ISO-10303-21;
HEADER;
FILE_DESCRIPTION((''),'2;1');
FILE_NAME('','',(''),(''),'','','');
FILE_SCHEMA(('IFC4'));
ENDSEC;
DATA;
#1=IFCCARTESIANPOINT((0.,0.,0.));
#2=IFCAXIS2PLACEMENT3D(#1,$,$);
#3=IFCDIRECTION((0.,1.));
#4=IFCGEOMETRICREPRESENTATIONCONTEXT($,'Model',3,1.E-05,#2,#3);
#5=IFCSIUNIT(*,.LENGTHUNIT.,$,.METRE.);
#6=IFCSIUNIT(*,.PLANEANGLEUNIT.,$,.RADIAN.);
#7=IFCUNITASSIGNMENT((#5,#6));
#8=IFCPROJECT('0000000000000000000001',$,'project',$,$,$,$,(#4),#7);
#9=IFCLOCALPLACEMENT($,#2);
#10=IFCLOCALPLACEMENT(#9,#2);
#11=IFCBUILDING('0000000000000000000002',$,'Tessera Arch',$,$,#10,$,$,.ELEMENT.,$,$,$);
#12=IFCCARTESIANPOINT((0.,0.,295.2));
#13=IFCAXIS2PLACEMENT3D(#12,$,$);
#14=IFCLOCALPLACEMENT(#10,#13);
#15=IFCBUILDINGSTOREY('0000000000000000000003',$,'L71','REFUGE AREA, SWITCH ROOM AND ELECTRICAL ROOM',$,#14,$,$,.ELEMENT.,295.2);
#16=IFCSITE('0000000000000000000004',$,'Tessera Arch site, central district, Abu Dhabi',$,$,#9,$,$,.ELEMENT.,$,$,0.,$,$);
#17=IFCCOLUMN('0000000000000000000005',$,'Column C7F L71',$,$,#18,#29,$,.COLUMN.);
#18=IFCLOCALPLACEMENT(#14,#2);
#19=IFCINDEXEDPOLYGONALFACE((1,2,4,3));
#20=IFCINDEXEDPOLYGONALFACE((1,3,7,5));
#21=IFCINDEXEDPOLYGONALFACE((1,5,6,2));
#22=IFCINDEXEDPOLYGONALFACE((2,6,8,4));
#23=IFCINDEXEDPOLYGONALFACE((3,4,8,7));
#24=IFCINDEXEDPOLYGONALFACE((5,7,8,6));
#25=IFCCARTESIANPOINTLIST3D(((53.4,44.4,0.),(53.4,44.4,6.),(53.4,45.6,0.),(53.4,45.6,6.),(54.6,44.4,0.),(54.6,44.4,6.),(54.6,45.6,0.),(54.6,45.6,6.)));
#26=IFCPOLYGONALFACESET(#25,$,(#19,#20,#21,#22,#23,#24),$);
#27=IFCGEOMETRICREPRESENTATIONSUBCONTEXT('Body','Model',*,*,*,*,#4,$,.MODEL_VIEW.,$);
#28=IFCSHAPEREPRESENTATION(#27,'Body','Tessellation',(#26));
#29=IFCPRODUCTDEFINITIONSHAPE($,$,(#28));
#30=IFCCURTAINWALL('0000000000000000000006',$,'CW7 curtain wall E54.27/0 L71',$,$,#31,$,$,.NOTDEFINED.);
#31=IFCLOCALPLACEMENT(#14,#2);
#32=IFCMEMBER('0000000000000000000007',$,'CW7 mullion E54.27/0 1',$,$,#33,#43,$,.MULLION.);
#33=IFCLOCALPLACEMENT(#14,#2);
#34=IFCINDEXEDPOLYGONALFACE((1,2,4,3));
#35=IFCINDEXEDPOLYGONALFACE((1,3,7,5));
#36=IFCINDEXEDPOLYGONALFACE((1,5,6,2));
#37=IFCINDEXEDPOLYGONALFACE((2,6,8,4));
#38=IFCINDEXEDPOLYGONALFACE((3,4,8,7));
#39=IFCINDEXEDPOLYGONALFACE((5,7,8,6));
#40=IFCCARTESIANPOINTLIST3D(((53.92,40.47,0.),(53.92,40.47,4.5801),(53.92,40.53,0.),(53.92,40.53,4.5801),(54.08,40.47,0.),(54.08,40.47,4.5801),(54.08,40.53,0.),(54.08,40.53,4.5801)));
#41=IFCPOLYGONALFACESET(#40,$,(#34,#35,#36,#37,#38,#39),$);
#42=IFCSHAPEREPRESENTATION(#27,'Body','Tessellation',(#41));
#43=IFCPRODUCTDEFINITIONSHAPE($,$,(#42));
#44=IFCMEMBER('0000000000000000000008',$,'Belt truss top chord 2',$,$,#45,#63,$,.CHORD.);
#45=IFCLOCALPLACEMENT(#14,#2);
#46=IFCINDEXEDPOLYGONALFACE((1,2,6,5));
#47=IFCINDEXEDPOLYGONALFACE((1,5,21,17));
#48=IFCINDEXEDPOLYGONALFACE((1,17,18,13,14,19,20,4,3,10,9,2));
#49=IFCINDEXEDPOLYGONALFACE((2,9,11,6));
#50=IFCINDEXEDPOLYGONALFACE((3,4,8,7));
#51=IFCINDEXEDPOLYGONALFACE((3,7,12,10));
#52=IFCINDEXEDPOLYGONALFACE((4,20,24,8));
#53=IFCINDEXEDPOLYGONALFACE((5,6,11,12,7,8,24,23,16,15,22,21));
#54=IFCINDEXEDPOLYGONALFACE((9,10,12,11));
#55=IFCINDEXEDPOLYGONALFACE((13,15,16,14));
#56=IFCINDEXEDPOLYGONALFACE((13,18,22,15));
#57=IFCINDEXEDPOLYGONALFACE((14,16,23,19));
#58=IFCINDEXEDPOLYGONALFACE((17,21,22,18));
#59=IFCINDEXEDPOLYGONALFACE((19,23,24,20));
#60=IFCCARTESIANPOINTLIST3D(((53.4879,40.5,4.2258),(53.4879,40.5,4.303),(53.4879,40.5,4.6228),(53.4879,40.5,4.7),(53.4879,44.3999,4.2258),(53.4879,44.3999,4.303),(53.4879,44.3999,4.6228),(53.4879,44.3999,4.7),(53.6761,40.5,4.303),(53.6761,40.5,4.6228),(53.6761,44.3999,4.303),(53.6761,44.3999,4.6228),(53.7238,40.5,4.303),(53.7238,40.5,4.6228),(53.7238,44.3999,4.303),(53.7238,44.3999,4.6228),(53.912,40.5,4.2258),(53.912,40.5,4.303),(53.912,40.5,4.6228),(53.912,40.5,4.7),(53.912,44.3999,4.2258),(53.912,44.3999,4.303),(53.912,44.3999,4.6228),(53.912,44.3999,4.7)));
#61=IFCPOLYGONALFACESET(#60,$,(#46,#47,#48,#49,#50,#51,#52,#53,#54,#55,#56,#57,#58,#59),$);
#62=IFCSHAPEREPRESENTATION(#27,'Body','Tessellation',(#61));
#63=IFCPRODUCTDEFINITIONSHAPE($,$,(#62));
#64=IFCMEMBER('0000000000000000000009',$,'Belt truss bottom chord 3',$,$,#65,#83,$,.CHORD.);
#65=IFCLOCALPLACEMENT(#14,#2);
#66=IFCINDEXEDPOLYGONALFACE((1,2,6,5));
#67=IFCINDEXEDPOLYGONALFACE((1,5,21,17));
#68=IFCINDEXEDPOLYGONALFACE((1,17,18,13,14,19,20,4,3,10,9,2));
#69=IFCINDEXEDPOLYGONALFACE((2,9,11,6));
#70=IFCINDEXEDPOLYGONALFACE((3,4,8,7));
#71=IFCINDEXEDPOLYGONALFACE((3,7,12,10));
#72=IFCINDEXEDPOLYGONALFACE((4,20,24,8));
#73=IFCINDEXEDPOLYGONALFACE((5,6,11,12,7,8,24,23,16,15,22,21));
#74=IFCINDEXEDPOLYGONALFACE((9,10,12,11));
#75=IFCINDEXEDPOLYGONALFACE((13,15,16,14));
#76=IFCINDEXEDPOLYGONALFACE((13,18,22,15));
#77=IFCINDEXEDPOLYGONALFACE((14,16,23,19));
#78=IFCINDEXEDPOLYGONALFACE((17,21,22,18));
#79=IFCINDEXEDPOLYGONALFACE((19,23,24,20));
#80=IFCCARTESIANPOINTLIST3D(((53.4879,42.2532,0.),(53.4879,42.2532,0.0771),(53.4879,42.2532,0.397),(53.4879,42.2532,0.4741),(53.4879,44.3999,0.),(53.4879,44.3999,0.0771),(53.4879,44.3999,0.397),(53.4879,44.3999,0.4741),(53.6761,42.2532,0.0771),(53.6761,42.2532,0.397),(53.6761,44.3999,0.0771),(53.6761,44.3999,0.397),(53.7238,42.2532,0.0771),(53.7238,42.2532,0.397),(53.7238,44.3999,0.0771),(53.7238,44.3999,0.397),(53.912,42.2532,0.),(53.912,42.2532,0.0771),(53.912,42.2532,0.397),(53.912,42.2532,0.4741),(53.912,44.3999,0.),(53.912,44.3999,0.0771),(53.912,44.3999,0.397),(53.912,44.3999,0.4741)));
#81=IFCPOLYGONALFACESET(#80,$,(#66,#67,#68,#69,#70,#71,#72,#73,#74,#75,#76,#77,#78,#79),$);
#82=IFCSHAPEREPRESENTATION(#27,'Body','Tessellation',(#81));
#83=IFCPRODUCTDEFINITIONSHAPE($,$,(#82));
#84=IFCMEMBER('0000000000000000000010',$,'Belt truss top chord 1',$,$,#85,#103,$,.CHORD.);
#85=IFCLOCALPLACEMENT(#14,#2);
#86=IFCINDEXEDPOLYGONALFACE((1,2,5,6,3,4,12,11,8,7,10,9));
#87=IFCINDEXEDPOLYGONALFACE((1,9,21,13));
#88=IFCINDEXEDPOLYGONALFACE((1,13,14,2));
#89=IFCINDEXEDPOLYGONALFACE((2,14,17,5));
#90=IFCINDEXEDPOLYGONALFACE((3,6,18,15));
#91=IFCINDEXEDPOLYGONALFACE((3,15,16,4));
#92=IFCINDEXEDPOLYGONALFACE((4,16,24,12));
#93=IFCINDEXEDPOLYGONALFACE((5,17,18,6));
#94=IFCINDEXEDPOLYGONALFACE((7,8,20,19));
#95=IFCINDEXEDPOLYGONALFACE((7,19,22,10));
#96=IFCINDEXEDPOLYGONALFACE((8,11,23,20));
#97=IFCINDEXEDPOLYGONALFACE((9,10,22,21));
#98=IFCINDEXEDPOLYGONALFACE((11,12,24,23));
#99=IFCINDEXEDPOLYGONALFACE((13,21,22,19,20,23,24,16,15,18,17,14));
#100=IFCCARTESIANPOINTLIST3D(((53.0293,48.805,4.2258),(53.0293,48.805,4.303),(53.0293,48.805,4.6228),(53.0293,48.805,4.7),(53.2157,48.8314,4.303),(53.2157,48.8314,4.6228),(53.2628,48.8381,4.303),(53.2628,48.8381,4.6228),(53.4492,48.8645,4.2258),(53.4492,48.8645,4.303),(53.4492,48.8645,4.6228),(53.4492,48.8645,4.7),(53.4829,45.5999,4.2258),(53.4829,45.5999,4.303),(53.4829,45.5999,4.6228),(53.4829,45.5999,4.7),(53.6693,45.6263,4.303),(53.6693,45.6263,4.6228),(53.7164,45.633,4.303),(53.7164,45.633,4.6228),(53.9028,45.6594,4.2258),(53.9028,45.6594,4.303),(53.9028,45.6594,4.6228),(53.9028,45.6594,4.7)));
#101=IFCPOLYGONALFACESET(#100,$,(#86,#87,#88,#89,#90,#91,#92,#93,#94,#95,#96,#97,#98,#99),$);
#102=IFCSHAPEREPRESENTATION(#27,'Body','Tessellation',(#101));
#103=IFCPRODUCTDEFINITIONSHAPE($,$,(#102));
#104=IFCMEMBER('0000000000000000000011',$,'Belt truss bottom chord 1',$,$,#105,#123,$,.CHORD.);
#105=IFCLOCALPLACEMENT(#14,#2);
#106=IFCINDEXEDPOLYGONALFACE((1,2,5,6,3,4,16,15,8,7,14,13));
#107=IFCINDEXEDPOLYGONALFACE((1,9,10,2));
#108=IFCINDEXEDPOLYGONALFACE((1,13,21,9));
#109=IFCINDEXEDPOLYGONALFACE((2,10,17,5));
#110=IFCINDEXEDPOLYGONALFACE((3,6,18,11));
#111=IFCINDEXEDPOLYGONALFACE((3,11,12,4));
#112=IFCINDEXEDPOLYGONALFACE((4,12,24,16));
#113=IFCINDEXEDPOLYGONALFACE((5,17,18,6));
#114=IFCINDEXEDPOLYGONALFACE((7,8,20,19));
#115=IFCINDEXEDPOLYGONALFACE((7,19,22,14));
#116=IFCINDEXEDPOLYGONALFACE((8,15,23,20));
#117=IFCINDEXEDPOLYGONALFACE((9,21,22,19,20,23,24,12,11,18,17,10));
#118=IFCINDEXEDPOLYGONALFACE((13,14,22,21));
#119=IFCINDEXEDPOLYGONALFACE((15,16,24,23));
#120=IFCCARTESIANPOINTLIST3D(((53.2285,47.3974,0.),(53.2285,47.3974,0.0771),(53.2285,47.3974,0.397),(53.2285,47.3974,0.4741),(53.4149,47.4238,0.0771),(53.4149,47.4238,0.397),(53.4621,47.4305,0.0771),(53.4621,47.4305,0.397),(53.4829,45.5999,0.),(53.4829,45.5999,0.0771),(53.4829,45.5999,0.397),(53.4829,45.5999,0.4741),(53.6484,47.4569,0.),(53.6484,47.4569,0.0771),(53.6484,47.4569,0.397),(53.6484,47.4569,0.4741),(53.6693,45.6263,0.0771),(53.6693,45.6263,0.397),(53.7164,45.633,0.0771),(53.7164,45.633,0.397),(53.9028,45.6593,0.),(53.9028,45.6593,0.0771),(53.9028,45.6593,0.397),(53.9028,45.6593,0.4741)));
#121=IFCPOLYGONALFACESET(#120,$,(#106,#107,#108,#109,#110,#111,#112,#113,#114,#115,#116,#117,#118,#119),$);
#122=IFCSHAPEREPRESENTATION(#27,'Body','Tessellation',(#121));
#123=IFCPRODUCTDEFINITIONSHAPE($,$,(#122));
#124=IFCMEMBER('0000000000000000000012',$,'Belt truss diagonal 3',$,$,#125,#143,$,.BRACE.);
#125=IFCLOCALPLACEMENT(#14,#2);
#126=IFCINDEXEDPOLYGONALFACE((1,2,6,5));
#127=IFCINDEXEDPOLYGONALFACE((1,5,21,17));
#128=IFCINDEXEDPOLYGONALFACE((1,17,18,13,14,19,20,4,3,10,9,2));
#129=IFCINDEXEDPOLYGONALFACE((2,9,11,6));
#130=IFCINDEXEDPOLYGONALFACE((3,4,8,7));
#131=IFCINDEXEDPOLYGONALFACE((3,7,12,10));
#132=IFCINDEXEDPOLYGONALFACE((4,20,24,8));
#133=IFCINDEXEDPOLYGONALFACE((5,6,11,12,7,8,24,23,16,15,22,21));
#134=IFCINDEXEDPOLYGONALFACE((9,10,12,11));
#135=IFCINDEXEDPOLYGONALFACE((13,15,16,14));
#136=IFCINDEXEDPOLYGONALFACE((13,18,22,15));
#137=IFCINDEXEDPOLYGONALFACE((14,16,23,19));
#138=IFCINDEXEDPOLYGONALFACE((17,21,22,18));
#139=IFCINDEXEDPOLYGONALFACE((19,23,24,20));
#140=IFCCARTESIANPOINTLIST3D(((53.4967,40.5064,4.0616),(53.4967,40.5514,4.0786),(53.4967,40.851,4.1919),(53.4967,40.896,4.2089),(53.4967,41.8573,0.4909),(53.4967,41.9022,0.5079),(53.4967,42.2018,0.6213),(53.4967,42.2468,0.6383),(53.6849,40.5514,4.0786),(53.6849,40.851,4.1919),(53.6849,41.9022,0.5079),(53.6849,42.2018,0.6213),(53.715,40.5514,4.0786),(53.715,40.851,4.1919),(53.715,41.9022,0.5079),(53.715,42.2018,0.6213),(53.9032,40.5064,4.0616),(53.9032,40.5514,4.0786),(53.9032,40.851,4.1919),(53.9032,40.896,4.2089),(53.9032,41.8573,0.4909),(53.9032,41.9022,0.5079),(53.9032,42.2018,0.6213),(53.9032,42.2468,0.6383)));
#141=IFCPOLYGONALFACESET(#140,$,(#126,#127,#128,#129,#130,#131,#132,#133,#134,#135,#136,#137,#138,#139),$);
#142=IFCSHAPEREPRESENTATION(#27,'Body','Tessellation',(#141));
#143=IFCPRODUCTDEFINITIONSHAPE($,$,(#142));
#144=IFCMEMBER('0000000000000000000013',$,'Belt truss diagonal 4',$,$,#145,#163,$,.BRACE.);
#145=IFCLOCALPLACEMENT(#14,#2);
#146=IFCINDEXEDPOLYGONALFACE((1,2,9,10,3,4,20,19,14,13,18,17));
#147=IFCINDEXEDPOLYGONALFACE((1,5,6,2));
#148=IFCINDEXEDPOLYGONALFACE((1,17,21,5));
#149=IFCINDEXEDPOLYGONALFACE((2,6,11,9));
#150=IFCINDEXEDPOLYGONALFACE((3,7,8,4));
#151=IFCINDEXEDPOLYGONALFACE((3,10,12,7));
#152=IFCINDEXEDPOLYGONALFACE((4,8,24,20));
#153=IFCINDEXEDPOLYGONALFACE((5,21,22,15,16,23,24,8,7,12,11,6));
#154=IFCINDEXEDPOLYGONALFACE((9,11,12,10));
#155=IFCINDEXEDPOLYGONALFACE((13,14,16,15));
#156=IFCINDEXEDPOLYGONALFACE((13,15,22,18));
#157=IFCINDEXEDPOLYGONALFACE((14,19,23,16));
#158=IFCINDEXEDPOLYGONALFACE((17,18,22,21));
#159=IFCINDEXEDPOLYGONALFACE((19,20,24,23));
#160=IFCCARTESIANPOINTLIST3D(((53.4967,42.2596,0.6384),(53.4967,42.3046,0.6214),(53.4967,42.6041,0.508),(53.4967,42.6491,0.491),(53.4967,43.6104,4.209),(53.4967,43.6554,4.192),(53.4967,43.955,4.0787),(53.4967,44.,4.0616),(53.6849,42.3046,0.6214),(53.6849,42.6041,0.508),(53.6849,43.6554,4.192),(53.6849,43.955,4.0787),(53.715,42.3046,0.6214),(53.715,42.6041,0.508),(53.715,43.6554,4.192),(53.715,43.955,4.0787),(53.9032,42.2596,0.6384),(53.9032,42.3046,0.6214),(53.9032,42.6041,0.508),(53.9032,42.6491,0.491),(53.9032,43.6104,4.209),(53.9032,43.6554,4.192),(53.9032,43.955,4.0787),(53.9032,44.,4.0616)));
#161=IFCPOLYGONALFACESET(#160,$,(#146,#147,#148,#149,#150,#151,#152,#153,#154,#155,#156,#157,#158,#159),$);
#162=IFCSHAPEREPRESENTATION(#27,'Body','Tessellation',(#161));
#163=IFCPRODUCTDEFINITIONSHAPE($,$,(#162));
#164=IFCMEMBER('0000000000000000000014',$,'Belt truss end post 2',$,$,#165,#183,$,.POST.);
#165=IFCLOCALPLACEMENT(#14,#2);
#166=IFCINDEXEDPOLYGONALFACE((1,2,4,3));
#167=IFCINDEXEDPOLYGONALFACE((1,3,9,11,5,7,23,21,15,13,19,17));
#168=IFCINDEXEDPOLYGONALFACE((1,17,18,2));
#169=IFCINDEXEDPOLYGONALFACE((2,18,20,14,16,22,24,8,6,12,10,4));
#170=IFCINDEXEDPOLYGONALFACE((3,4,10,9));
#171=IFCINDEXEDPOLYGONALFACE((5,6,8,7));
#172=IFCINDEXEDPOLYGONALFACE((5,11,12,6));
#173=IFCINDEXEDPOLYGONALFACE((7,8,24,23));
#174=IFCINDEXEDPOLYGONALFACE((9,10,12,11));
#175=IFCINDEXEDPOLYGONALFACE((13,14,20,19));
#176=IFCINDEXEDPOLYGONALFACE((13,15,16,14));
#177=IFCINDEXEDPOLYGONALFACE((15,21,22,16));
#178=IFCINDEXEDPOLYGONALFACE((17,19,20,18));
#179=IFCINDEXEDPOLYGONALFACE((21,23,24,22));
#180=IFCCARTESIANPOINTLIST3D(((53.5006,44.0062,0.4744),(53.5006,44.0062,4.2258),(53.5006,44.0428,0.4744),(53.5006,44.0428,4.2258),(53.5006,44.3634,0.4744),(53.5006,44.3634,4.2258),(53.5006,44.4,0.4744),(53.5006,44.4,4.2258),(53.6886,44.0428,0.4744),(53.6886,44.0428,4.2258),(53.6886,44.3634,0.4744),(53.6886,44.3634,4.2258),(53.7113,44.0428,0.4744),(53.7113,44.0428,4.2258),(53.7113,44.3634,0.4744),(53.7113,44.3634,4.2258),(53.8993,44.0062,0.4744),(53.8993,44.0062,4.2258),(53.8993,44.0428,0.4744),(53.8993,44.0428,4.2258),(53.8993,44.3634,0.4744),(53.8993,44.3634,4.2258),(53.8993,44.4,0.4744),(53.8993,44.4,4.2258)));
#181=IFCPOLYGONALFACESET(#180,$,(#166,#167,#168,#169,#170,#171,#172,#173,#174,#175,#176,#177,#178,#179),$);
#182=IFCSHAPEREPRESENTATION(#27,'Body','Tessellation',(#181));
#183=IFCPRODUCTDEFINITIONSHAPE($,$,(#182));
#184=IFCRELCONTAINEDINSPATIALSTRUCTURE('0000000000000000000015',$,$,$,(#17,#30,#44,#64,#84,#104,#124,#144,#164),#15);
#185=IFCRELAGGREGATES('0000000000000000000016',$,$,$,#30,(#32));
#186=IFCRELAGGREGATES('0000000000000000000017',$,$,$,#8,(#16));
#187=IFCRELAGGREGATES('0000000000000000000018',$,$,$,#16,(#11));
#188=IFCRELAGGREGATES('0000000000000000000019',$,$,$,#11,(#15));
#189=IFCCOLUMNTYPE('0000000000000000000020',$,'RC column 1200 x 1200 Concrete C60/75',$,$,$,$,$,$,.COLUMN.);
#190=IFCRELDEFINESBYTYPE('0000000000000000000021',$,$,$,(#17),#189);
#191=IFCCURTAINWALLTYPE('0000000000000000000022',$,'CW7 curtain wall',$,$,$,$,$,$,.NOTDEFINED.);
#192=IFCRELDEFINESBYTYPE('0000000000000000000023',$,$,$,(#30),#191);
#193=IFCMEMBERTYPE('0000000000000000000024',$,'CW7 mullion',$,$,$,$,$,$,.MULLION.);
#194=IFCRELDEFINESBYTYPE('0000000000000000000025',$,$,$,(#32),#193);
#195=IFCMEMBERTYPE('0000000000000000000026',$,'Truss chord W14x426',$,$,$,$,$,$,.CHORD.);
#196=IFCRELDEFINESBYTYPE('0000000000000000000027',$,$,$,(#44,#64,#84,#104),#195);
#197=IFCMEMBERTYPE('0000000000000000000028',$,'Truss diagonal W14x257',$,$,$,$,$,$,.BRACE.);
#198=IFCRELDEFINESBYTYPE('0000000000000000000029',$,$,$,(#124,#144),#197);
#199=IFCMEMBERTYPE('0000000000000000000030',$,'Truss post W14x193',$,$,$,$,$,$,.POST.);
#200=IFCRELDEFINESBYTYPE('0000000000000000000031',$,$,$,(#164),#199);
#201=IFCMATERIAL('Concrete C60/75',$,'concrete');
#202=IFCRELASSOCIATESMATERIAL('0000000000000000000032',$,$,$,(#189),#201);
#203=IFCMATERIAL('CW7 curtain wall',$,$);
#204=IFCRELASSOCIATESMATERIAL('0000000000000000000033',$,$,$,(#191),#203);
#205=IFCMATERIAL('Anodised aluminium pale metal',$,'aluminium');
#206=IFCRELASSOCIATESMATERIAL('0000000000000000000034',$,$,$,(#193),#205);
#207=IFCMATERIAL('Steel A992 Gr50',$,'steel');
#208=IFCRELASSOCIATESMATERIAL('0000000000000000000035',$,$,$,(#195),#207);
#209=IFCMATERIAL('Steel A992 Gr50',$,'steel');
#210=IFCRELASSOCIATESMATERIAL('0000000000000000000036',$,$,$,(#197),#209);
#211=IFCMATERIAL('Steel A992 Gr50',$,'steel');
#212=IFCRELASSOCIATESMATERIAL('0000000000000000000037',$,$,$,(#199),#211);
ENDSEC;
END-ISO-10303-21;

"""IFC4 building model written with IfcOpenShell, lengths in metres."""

from ifc_helpers import new_model, si_unit, direction, frame, origin, origin_2d, place, context, subcontext, project, spatial, rectangle, i_section, extrude, material, material_profile, profile_set, type_object, element, aggregate, save


model = new_model("IFC4")

# Units and contexts
model_context = context("Model", 3, precision=1e-05, world=origin(), true_north=direction((0.0, 1.0)))
body_context = subcontext(model_context, "Body", "Model", "MODEL_VIEW")
ifc_project = project(units=[si_unit("LENGTHUNIT", "METRE"), si_unit("PLANEANGLEUNIT", "RADIAN")], contexts=[model_context])

# Site, building, storey
site_placement = place(None, origin())
site = spatial("IfcSite", under=ifc_project, at=site_placement, Name="Tessera Arch site, central district, Abu Dhabi", CompositionType="ELEMENT", RefElevation=0.0)
building_placement = place(site_placement, origin())
building = spatial("IfcBuilding", under=site, at=building_placement, Name="Tessera Arch", CompositionType="ELEMENT")
storey_placement = place(building_placement, frame((0.0, 0.0, 295.2)))
storey = spatial("IfcBuildingStorey", under=building, at=storey_placement, Name="L71", Description="REFUGE AREA, SWITCH ROOM AND ELECTRICAL ROOM", CompositionType="ELEMENT", Elevation=295.2)

# Column
ifc_material_1 = material(Name="Concrete C60/75", Category="concrete")
ifc_material_profile_1 = material_profile(ifc_material_1, rectangle(XDim=1.2, YDim=1.2, at=origin_2d()), Name="RC column 1200 x 1200 Concrete C60/75")
ifc_profile_set_1 = profile_set([ifc_material_profile_1], Name="Concrete C60/75")
column_type = type_object("IfcColumnType", Name="RC column 1200 x 1200 Concrete C60/75", PredefinedType="COLUMN", material=ifc_profile_set_1)
column_placement = place(storey_placement, frame((54.0, 45.0, 0.0), z_axis=(0.0, 0.0, 1.0), x_axis=(1.0, 0.0, 0.0)))
element("IfcColumn", 1, at=column_placement, inside=storey, type_object=column_type, Name="Column C7F L71", PredefinedType="COLUMN", context=body_context, shape_type="SweptSolid", body=[
    extrude(rectangle(XDim=1.2, YDim=1.2, at=origin_2d()), origin(), (0.0, 0.0, 1.0), 6.0),
])

# Curtain wall, member
ifc_material_2 = material(Name="CW7 curtain wall")
curtain_wall_type = type_object("IfcCurtainWallType", Name="CW7 curtain wall", PredefinedType="NOTDEFINED", material=ifc_material_2)
curtain_wall_1_placement = place(storey_placement, origin())
curtain_wall_1 = element("IfcCurtainWall", 2, at=curtain_wall_1_placement, inside=storey, type_object=curtain_wall_type, Name="CW7 curtain wall E54.27/0 L71", PredefinedType="NOTDEFINED")
ifc_material_3 = material(Name="Anodised aluminium pale metal", Category="aluminium")
ifc_material_profile_2 = material_profile(ifc_material_3, rectangle(XDim=0.1599, YDim=0.0601, at=origin_2d()), Name="AL 60x160")
ifc_profile_set_2 = profile_set([ifc_material_profile_2], Name="Anodised aluminium pale metal")
member_type_1 = type_object("IfcMemberType", Name="CW7 mullion", PredefinedType="MULLION", material=ifc_profile_set_2)
member_1_placement = place(storey_placement, frame((54.0, 40.5, 0.0), z_axis=(0.0, 0.0, 1.0), x_axis=(-1.0, 0.0, 0.0)))
member_1 = element("IfcMember", 3, at=member_1_placement, type_object=member_type_1, Name="CW7 mullion E54.27/0 1", PredefinedType="MULLION", context=body_context, shape_type="SweptSolid", body=[
    extrude(rectangle(XDim=0.1599, YDim=0.0601, at=origin_2d()), origin(), (0.0, 0.0, 1.0), 4.5801),
])

# Members
ifc_material_4 = material(Name="Steel A992 Gr50", Category="steel")
ifc_material_profile_3 = material_profile(ifc_material_4, i_section(OverallWidth=0.4241, OverallDepth=0.4741, WebThickness=0.0476, FlangeThickness=0.0771, at=origin_2d()), Name="W14x426")
ifc_profile_set_3 = profile_set([ifc_material_profile_3], Name="Steel A992 Gr50")
member_type_2 = type_object("IfcMemberType", Name="Truss chord W14x426", PredefinedType="CHORD", material=ifc_profile_set_3)
member_2_placement = place(storey_placement, frame((53.7, 40.5, 4.4629), z_axis=(0.0, 1.0, 0.0), x_axis=(-1.0, 0.0, 0.0)))
element("IfcMember", 4, at=member_2_placement, inside=storey, type_object=member_type_2, Name="Belt truss top chord 2", PredefinedType="CHORD", context=body_context, shape_type="SweptSolid", body=[
    extrude(i_section(OverallWidth=0.4241, OverallDepth=0.4741, WebThickness=0.0476, FlangeThickness=0.0771, at=origin_2d()), origin(), (0.0, 0.0, 1.0), 3.8999),
])
member_3_placement = place(storey_placement, frame((53.7, 42.2532, 0.2371), z_axis=(0.0, 1.0, 0.0), x_axis=(-1.0, 0.0, 0.0)))
element("IfcMember", 5, at=member_3_placement, inside=storey, type_object=member_type_2, Name="Belt truss bottom chord 3", PredefinedType="CHORD", context=body_context, shape_type="SweptSolid", body=[
    extrude(i_section(OverallWidth=0.4241, OverallDepth=0.4741, WebThickness=0.0476, FlangeThickness=0.0771, at=origin_2d()), origin(), (0.0, 0.0, 1.0), 2.1467),
])
member_4_placement = place(storey_placement, frame((53.6929, 45.6296, 4.4629), z_axis=(-0.140133, 0.990133, 0.0), x_axis=(-0.990133, -0.140133, 0.0)))
element("IfcMember", 6, at=member_4_placement, inside=storey, type_object=member_type_2, Name="Belt truss top chord 1", PredefinedType="CHORD", context=body_context, shape_type="SweptSolid", body=[
    extrude(i_section(OverallWidth=0.4241, OverallDepth=0.4741, WebThickness=0.0476, FlangeThickness=0.0771, at=origin_2d()), origin(), (0.0, 0.0, 1.0), 3.2371),
])
member_5_placement = place(storey_placement, frame((53.6929, 45.6296, 0.2371), z_axis=(-0.140122, 0.990134, 0.0), x_axis=(-0.990134, -0.140122, 0.0)))
element("IfcMember", 7, at=member_5_placement, inside=storey, type_object=member_type_2, Name="Belt truss bottom chord 1", PredefinedType="CHORD", context=body_context, shape_type="SweptSolid", body=[
    extrude(i_section(OverallWidth=0.4241, OverallDepth=0.4741, WebThickness=0.0476, FlangeThickness=0.0771, at=origin_2d()), origin(), (0.0, 0.0, 1.0), 1.8154),
])
ifc_material_5 = material(Name="Steel A992 Gr50", Category="steel")
ifc_material_profile_4 = material_profile(ifc_material_5, i_section(OverallWidth=0.4065, OverallDepth=0.4165, WebThickness=0.03, FlangeThickness=0.0481, at=origin_2d()), Name="W14x257")
ifc_profile_set_4 = profile_set([ifc_material_profile_4], Name="Steel A992 Gr50")
member_type_3 = type_object("IfcMemberType", Name="Truss diagonal W14x257", PredefinedType="BRACE", material=ifc_profile_set_4)
for number, where, z_axis, x_axis, name in (
    (8, (53.7, 40.7012, 4.1353), (0.0, 0.353848, -0.935303), (-1.0, 0.0, 0.0), "Belt truss diagonal 3"),
    (9, (53.7, 42.4543, 0.5647), (0.0, 0.353848, 0.935303), (-1.0, 0.0, 0.0), "Belt truss diagonal 4"),
):
    element("IfcMember", number, at=place(storey_placement, frame(where, z_axis=z_axis, x_axis=x_axis)), inside=storey, type_object=member_type_3, Name=name, PredefinedType="BRACE", context=body_context, shape_type="SweptSolid", body=[
        extrude(i_section(OverallWidth=0.4065, OverallDepth=0.4165, WebThickness=0.03, FlangeThickness=0.0481, at=origin_2d()), origin(), (0.0, 0.0, 1.0), 3.8176),
    ])
ifc_material_6 = material(Name="Steel A992 Gr50", Category="steel")
ifc_material_profile_5 = material_profile(ifc_material_6, i_section(OverallWidth=0.3987, OverallDepth=0.3938, WebThickness=0.0227, FlangeThickness=0.0366, at=origin_2d()), Name="W14x193")
ifc_profile_set_5 = profile_set([ifc_material_profile_5], Name="Steel A992 Gr50")
member_type_4 = type_object("IfcMemberType", Name="Truss post W14x193", PredefinedType="POST", material=ifc_profile_set_5)
for number, where, z_axis, x_axis, name in (
    (10, (53.7, 44.2031, 0.4744), (0.0, 0.0, 1.0), (1.0, 0.0, 0.0), "Belt truss end post 2"),
):
    element("IfcMember", number, at=place(storey_placement, frame(where, z_axis=z_axis, x_axis=x_axis)), inside=storey, type_object=member_type_4, Name=name, PredefinedType="POST", context=body_context, shape_type="SweptSolid", body=[
        extrude(i_section(OverallWidth=0.3987, OverallDepth=0.3938, WebThickness=0.0227, FlangeThickness=0.0366, at=origin_2d()), origin(), (0.0, 0.0, 1.0), 3.7515),
    ])

aggregate(curtain_wall_1, [member_1])

save(model, "model.ifc")
